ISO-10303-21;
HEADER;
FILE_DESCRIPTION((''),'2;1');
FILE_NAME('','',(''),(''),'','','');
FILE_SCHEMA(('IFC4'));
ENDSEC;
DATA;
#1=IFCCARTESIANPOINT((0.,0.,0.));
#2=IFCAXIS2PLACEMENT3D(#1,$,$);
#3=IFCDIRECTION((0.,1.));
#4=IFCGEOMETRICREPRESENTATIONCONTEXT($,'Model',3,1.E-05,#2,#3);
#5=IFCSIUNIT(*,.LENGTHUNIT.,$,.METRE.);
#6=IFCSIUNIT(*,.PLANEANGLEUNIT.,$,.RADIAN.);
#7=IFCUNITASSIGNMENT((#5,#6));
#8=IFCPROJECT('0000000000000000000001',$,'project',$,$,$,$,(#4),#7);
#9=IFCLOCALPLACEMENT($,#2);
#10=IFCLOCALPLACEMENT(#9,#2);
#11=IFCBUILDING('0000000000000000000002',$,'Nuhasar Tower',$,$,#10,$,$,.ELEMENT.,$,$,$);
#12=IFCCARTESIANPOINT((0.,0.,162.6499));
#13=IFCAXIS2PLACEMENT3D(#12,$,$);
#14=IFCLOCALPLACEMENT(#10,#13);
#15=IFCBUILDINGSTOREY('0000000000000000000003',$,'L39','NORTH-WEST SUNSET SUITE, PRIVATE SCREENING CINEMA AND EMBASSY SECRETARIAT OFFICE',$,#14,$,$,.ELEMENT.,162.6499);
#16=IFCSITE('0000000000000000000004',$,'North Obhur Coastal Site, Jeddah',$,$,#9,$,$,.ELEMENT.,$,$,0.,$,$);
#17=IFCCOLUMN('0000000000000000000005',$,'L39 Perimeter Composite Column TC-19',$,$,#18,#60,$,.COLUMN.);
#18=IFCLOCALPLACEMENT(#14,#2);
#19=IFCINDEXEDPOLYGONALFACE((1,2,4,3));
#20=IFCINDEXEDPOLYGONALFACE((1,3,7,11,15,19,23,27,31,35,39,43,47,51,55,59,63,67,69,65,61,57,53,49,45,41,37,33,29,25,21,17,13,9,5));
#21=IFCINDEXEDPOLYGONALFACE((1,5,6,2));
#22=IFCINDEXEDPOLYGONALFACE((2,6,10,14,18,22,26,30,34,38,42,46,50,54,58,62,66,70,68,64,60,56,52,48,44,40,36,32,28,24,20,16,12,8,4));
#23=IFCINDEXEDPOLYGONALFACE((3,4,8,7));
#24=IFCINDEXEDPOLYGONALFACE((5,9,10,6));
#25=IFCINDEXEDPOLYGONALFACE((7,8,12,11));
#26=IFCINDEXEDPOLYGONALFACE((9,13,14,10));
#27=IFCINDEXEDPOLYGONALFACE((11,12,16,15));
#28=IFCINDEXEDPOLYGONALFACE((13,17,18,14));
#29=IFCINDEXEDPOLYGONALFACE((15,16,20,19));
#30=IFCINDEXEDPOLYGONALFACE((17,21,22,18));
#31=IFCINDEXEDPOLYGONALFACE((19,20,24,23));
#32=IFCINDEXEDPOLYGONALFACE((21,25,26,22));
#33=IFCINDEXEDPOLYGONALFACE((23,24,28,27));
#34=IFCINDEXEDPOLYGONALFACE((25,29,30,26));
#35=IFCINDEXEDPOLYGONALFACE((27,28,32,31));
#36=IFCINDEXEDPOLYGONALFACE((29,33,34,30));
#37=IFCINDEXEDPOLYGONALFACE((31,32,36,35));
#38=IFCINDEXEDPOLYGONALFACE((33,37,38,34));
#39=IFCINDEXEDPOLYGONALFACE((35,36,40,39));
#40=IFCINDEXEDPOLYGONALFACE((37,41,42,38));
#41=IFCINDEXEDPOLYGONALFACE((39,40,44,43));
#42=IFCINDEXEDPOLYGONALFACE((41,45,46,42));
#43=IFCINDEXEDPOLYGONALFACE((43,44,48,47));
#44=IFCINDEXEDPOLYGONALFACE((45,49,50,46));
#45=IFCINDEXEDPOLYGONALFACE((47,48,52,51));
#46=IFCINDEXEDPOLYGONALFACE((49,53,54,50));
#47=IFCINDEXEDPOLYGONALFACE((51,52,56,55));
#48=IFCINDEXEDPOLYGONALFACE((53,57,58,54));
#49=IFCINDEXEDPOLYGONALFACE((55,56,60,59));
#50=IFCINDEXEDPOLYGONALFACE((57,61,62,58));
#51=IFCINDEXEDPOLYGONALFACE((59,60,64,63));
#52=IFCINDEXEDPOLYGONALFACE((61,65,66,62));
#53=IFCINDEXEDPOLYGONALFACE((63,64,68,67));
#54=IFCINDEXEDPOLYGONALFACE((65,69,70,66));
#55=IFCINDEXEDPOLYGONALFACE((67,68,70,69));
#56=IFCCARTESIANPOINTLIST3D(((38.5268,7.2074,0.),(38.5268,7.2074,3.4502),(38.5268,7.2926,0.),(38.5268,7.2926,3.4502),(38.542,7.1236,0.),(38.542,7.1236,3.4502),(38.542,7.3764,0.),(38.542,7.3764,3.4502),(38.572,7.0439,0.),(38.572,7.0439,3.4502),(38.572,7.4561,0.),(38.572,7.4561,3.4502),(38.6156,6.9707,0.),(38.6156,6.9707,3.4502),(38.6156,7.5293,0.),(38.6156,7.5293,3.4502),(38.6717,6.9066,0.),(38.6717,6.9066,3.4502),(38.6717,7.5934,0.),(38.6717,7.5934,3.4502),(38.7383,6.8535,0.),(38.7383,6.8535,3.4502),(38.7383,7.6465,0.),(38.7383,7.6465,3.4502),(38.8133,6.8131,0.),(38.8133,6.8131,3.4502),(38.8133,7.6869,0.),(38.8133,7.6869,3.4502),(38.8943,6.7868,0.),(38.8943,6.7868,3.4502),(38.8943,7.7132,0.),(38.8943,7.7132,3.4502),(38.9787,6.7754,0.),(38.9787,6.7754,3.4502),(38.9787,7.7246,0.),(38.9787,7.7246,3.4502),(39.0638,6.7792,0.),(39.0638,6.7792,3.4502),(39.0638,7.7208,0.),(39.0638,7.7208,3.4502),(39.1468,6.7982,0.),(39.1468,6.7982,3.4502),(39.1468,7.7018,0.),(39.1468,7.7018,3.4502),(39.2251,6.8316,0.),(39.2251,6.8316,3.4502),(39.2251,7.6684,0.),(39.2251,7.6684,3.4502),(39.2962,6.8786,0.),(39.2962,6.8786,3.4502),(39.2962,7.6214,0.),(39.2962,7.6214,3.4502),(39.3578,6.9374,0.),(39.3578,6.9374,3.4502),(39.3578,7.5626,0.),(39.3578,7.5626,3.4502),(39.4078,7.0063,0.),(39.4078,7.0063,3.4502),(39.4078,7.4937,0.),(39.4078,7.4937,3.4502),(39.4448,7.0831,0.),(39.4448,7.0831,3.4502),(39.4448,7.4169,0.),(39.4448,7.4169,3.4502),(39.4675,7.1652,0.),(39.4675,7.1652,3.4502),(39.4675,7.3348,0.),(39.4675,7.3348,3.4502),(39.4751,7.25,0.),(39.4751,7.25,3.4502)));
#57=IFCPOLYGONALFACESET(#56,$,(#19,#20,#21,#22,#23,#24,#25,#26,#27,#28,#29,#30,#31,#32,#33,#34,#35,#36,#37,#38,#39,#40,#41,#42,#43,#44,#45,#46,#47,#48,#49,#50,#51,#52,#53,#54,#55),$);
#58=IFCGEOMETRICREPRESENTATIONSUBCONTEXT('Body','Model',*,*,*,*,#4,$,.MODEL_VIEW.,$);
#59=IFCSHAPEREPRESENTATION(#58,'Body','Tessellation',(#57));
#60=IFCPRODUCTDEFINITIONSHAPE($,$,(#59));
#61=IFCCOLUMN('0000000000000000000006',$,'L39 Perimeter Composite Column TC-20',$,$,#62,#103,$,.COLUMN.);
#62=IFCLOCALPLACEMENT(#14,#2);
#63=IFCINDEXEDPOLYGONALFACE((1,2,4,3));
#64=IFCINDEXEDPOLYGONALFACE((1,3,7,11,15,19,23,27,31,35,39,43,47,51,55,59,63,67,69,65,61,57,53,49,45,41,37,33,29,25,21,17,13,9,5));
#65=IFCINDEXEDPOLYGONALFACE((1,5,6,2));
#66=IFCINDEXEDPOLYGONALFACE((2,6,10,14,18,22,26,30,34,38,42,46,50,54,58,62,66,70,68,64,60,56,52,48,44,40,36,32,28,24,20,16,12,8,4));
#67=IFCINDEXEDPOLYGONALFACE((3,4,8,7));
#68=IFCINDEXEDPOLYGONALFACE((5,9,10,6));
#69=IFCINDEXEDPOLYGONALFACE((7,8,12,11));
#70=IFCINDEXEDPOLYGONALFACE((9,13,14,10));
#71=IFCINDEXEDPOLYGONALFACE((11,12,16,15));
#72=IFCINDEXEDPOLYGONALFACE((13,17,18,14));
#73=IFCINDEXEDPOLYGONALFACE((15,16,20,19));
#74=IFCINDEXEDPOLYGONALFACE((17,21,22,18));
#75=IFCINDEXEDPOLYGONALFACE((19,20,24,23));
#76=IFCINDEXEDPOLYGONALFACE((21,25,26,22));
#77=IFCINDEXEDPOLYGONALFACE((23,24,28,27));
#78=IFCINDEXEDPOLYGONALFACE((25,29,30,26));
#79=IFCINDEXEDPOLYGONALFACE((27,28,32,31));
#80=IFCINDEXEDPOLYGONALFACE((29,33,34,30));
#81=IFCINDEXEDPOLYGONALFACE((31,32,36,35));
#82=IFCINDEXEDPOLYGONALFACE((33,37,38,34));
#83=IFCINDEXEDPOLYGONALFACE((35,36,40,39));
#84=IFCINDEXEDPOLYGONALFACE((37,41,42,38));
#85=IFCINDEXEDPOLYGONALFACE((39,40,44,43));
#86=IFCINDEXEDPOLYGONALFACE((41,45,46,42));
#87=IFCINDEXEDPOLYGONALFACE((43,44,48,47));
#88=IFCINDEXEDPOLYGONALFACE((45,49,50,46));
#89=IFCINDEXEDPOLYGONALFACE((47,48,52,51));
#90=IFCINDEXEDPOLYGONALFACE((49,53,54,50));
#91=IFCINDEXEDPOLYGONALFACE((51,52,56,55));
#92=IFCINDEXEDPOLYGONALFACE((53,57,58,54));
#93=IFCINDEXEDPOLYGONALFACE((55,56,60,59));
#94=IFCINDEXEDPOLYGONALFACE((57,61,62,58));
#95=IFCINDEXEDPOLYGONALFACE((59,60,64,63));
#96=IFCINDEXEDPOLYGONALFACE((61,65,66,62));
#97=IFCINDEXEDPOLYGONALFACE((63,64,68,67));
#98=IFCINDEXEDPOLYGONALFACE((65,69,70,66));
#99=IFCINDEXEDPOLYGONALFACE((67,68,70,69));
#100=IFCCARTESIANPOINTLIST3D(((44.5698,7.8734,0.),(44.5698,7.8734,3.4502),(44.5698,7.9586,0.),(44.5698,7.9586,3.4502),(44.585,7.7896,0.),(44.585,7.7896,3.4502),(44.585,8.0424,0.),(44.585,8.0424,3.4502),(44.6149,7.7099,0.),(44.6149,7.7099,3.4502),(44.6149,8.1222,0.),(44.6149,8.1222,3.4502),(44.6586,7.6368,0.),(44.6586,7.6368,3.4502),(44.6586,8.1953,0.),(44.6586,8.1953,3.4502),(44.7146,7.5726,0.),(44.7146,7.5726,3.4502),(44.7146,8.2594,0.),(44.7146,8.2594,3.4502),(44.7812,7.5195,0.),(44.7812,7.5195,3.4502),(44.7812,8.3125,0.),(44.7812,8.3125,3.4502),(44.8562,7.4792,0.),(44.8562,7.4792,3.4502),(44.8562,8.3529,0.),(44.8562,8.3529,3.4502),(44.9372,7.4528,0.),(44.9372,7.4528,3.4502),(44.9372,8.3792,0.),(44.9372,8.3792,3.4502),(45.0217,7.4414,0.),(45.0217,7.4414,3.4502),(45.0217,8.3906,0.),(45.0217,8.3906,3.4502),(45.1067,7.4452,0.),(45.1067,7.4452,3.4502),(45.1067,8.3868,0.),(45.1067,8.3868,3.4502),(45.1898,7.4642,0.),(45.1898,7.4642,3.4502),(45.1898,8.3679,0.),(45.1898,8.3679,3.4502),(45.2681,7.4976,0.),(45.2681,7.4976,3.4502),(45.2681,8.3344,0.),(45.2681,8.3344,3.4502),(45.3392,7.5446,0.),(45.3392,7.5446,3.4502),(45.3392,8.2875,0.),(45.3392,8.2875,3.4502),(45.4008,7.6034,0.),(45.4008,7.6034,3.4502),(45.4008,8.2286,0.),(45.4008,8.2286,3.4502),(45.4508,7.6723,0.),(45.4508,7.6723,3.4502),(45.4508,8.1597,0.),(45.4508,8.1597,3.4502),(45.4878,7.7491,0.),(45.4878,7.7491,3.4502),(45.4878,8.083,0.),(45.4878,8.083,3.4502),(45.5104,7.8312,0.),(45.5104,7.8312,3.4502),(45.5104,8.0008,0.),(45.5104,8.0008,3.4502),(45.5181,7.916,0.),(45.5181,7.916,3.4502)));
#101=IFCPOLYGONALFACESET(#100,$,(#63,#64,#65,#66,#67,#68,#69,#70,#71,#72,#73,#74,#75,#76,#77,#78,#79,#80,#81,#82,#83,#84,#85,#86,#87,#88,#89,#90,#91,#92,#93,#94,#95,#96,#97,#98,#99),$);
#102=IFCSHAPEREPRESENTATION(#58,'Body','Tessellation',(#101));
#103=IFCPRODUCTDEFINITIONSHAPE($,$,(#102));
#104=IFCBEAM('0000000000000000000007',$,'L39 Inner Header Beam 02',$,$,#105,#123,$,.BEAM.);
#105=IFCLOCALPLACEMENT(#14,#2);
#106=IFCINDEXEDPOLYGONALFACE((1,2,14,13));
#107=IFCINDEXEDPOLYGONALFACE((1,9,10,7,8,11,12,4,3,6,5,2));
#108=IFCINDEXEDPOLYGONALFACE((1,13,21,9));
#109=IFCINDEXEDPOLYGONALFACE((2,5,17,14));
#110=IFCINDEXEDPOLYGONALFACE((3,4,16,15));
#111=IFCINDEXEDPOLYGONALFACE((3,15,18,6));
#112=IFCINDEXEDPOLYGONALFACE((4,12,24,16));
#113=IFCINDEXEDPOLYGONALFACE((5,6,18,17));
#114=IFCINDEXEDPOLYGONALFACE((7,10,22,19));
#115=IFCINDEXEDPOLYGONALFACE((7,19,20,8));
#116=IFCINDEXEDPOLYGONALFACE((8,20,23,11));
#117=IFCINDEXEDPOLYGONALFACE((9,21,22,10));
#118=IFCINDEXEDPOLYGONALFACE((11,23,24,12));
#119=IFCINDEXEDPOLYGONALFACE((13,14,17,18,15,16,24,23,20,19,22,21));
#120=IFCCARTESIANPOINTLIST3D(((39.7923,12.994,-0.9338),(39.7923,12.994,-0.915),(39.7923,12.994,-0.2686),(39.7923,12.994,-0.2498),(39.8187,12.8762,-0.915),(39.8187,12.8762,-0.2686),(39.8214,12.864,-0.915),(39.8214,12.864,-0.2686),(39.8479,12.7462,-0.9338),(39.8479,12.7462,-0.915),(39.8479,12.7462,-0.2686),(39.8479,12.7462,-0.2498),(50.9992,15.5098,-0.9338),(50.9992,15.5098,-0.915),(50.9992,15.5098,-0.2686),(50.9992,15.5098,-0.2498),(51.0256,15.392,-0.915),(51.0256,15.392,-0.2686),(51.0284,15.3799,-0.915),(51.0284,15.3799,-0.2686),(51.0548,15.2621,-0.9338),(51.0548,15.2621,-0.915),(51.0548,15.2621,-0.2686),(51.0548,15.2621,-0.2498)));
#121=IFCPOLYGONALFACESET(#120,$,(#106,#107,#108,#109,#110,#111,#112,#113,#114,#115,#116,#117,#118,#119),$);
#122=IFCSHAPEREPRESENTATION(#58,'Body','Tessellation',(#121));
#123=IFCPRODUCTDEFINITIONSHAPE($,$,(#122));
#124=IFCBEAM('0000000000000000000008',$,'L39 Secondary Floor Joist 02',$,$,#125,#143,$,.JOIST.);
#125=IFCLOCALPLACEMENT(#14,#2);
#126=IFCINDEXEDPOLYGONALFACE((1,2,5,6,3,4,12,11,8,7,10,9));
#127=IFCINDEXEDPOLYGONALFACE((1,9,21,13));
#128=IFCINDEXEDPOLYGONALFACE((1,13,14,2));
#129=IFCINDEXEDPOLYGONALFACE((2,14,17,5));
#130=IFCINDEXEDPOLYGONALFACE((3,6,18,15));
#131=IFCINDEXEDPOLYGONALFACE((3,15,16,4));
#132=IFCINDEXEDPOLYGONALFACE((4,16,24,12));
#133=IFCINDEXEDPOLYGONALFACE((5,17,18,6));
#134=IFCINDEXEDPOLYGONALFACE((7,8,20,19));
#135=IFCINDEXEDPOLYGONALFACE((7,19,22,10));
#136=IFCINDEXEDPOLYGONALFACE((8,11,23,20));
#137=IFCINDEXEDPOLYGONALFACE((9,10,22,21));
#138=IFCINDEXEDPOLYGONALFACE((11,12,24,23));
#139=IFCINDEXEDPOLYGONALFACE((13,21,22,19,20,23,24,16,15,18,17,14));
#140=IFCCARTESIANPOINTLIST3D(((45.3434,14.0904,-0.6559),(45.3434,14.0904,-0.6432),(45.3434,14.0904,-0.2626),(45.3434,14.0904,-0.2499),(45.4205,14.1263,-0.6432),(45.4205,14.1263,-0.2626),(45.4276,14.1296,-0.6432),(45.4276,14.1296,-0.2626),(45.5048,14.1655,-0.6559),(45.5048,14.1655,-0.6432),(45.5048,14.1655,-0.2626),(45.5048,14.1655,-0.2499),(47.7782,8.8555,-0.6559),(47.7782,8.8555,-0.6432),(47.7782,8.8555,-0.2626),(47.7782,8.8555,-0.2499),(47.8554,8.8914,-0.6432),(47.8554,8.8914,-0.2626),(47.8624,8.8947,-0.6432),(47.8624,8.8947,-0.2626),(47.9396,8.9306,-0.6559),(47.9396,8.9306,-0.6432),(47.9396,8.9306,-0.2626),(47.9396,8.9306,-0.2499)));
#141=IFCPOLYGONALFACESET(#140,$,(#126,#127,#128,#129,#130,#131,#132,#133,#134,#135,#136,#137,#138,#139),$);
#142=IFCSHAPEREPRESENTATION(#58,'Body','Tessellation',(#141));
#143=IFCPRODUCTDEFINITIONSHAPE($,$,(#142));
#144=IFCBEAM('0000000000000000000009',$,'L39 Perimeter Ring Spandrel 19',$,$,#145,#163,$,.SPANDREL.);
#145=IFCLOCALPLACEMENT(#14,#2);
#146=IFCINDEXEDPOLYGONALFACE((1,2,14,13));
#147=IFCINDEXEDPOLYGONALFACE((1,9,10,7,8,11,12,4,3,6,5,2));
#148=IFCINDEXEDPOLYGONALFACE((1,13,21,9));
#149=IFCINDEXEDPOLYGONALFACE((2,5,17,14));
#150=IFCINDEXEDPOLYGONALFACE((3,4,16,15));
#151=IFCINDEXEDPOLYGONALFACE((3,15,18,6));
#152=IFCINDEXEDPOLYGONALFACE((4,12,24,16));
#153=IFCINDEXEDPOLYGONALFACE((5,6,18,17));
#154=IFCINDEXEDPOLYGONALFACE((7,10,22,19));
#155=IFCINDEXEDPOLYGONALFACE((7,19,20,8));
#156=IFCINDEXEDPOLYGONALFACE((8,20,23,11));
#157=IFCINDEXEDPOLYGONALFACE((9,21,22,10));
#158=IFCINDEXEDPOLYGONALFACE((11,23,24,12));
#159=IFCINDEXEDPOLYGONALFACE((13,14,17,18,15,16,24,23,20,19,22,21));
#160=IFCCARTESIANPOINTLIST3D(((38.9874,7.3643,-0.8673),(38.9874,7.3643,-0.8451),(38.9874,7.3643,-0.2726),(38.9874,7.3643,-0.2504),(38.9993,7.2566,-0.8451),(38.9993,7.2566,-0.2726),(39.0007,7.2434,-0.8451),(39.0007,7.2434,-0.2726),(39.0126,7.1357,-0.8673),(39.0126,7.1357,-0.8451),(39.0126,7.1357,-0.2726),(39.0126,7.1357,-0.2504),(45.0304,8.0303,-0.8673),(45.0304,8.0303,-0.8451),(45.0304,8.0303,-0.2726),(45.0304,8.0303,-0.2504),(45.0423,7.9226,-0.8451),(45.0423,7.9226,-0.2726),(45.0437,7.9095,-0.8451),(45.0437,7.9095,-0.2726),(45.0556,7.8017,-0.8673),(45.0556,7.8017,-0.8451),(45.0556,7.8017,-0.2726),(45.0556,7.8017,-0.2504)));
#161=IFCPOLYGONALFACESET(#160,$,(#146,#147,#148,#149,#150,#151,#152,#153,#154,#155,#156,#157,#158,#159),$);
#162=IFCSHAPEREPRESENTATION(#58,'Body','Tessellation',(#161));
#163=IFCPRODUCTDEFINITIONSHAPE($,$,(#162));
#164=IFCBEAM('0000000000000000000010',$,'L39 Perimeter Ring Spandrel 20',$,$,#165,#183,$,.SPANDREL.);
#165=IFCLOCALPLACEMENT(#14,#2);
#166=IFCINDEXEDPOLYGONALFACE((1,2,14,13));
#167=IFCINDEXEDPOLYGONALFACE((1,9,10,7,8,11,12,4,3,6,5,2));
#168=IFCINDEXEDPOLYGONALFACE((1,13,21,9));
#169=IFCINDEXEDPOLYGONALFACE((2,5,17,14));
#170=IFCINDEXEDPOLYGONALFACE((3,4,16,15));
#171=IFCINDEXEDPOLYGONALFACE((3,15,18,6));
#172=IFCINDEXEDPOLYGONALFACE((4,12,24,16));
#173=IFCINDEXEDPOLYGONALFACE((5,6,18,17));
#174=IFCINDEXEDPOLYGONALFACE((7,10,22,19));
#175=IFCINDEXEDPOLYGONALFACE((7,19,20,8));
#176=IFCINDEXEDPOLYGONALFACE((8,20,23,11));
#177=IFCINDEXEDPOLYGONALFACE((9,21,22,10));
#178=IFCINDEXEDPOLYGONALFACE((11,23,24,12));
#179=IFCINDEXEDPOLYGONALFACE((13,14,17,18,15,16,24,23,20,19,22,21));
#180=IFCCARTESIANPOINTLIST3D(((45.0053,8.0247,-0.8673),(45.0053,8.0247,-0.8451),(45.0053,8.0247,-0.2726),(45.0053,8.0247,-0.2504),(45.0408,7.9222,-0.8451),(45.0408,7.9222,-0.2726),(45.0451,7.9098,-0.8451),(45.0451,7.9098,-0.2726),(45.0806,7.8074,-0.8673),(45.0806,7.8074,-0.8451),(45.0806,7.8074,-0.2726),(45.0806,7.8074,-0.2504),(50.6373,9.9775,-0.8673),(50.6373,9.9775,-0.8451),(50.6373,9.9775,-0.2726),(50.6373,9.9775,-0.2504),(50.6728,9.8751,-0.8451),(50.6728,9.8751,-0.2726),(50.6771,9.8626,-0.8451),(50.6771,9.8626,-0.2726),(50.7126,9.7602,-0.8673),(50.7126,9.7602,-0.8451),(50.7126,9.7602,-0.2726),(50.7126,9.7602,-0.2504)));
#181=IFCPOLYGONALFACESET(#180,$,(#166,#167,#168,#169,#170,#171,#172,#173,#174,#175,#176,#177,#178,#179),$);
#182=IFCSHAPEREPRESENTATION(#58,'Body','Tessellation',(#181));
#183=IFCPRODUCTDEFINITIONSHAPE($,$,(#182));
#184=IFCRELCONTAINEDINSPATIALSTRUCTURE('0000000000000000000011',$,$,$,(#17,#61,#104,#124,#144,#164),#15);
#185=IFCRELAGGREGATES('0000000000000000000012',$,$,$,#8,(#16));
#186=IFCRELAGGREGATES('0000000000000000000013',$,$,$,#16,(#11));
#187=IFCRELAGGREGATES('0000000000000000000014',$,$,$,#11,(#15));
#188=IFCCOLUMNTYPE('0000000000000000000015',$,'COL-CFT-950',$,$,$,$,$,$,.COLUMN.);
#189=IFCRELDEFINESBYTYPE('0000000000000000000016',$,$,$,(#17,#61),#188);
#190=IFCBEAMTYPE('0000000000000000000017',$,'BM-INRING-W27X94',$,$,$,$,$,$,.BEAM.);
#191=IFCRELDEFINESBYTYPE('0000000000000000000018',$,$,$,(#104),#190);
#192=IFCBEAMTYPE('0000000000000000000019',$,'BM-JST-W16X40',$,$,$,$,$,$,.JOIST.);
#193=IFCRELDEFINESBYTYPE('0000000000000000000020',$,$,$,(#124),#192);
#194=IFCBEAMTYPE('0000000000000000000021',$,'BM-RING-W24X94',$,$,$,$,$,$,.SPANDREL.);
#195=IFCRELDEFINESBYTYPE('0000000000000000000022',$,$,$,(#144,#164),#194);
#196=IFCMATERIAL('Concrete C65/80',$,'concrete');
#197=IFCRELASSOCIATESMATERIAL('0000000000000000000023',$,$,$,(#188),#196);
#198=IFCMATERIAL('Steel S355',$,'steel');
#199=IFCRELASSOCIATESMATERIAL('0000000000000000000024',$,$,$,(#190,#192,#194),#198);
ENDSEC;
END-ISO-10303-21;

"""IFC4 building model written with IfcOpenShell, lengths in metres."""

from ifc_helpers import new_model, si_unit, direction, frame, origin, origin_2d, place, context, subcontext, project, spatial, circle, i_section, extrude, material, material_profile, profile_set, type_object, element, save


model = new_model("IFC4")

# Units and contexts
model_context = context("Model", 3, precision=1e-05, world=origin(), true_north=direction((0.0, 1.0)))
body_context = subcontext(model_context, "Body", "Model", "MODEL_VIEW")
ifc_project = project(units=[si_unit("LENGTHUNIT", "METRE"), si_unit("PLANEANGLEUNIT", "RADIAN")], contexts=[model_context])

# Site, building, storey
site_placement = place(None, origin())
site = spatial("IfcSite", under=ifc_project, at=site_placement, Name="North Obhur Coastal Site, Jeddah", CompositionType="ELEMENT", RefElevation=0.0)
building_placement = place(site_placement, origin())
building = spatial("IfcBuilding", under=site, at=building_placement, Name="Nuhasar Tower", CompositionType="ELEMENT")
storey_placement = place(building_placement, frame((0.0, 0.0, 162.6499)))
storey = spatial("IfcBuildingStorey", under=building, at=storey_placement, Name="L39", Description="NORTH-WEST SUNSET SUITE, PRIVATE SCREENING CINEMA AND EMBASSY SECRETARIAT OFFICE", CompositionType="ELEMENT", Elevation=162.6499)

# Columns
ifc_material_1 = material(Name="Concrete C65/80", Category="concrete")
ifc_material_profile_1 = material_profile(ifc_material_1, circle(Radius=0.4751, at=origin_2d()), Name="CFT950")
ifc_profile_set_1 = profile_set([ifc_material_profile_1], Name="Concrete C65/80")
column_type = type_object("IfcColumnType", Name="COL-CFT-950", PredefinedType="COLUMN", material=ifc_profile_set_1)
for number, where, z_axis, x_axis, name in (
    (1, (39.0, 7.25, 0.0), (0.0, 0.0, 1.0), (1.0, 0.0, 0.0), "L39 Perimeter Composite Column TC-19"),
    (2, (45.043, 7.916, 0.0), (0.0, 0.0, 1.0), (1.0, 0.0, 0.0), "L39 Perimeter Composite Column TC-20"),
):
    element("IfcColumn", number, at=place(storey_placement, frame(where, z_axis=z_axis, x_axis=x_axis)), inside=storey, type_object=column_type, Name=name, PredefinedType="COLUMN", context=body_context, shape_type="SweptSolid", body=[
        extrude(circle(Radius=0.4751, at=origin_2d()), origin(), (0.0, 0.0, 1.0), 3.4502),
    ])

# Beams
ifc_material_2 = material(Name="Steel S355", Category="steel")
ifc_material_profile_2 = material_profile(ifc_material_2, i_section(OverallWidth=0.2539, OverallDepth=0.6841, WebThickness=0.0125, FlangeThickness=0.0188, at=origin_2d()), Name="W27X94")
ifc_profile_set_2 = profile_set([ifc_material_profile_2], Name="Steel S355")
beam_type_1 = type_object("IfcBeamType", Name="BM-INRING-W27X94", PredefinedType="BEAM", material=ifc_profile_set_2)
beam_1_placement = place(storey_placement, frame((39.8201, 12.8701, -0.5918), z_axis=(0.975716, 0.219039, 0.0), x_axis=(-0.219039, 0.975716, 0.0)))
element("IfcBeam", 3, at=beam_1_placement, inside=storey, type_object=beam_type_1, Name="L39 Inner Header Beam 02", PredefinedType="BEAM", context=body_context, shape_type="SweptSolid", body=[
    extrude(i_section(OverallWidth=0.2539, OverallDepth=0.6841, WebThickness=0.0125, FlangeThickness=0.0188, at=origin_2d()), origin(), (0.0, 0.0, 1.0), 11.4858),
])
ifc_material_profile_3 = material_profile(ifc_material_2, i_section(OverallWidth=0.178, OverallDepth=0.406, WebThickness=0.0078, FlangeThickness=0.0127, at=origin_2d()), Name="W16X40")
ifc_profile_set_3 = profile_set([ifc_material_profile_3], Name="Steel S355")
beam_type_2 = type_object("IfcBeamType", Name="BM-JST-W16X40", PredefinedType="JOIST", material=ifc_profile_set_3)
beam_2_placement = place(storey_placement, frame((45.4241, 14.1279, -0.4529), z_axis=(0.42173, -0.906721, 0.0), x_axis=(0.906721, 0.42173, 0.0)))
element("IfcBeam", 4, at=beam_2_placement, inside=storey, type_object=beam_type_2, Name="L39 Secondary Floor Joist 02", PredefinedType="JOIST", context=body_context, shape_type="SweptSolid", body=[
    extrude(i_section(OverallWidth=0.178, OverallDepth=0.406, WebThickness=0.0078, FlangeThickness=0.0127, at=origin_2d()), origin(), (0.0, 0.0, 1.0), 5.7734),
])
ifc_material_profile_4 = material_profile(ifc_material_2, i_section(OverallWidth=0.23, OverallDepth=0.6169, WebThickness=0.0132, FlangeThickness=0.0222, at=origin_2d()), Name="W24X94")
ifc_profile_set_4 = profile_set([ifc_material_profile_4], Name="Steel S355")
beam_type_3 = type_object("IfcBeamType", Name="BM-RING-W24X94", PredefinedType="SPANDREL", material=ifc_profile_set_4)
beam_3_placement = place(storey_placement, frame((39.0, 7.25, -0.5588), z_axis=(0.993981, 0.10955, 0.0), x_axis=(-0.10955, 0.993981, 0.0)))
element("IfcBeam", 5, at=beam_3_placement, inside=storey, type_object=beam_type_3, Name="L39 Perimeter Ring Spandrel 19", PredefinedType="SPANDREL", context=body_context, shape_type="SweptSolid", body=[
    extrude(i_section(OverallWidth=0.23, OverallDepth=0.6169, WebThickness=0.0132, FlangeThickness=0.0222, at=origin_2d()), origin(), (0.0, 0.0, 1.0), 6.0796),
])
beam_4_placement = place(storey_placement, frame((45.043, 7.916, -0.5588), z_axis=(0.944814, 0.327607, 0.0), x_axis=(-0.327607, 0.944814, 0.0)))
element("IfcBeam", 6, at=beam_4_placement, inside=storey, type_object=beam_type_3, Name="L39 Perimeter Ring Spandrel 20", PredefinedType="SPANDREL", context=body_context, shape_type="SweptSolid", body=[
    extrude(i_section(OverallWidth=0.23, OverallDepth=0.6169, WebThickness=0.0132, FlangeThickness=0.0222, at=origin_2d()), origin(), (0.0, 0.0, 1.0), 5.9609),
])

save(model, "model.ifc")
